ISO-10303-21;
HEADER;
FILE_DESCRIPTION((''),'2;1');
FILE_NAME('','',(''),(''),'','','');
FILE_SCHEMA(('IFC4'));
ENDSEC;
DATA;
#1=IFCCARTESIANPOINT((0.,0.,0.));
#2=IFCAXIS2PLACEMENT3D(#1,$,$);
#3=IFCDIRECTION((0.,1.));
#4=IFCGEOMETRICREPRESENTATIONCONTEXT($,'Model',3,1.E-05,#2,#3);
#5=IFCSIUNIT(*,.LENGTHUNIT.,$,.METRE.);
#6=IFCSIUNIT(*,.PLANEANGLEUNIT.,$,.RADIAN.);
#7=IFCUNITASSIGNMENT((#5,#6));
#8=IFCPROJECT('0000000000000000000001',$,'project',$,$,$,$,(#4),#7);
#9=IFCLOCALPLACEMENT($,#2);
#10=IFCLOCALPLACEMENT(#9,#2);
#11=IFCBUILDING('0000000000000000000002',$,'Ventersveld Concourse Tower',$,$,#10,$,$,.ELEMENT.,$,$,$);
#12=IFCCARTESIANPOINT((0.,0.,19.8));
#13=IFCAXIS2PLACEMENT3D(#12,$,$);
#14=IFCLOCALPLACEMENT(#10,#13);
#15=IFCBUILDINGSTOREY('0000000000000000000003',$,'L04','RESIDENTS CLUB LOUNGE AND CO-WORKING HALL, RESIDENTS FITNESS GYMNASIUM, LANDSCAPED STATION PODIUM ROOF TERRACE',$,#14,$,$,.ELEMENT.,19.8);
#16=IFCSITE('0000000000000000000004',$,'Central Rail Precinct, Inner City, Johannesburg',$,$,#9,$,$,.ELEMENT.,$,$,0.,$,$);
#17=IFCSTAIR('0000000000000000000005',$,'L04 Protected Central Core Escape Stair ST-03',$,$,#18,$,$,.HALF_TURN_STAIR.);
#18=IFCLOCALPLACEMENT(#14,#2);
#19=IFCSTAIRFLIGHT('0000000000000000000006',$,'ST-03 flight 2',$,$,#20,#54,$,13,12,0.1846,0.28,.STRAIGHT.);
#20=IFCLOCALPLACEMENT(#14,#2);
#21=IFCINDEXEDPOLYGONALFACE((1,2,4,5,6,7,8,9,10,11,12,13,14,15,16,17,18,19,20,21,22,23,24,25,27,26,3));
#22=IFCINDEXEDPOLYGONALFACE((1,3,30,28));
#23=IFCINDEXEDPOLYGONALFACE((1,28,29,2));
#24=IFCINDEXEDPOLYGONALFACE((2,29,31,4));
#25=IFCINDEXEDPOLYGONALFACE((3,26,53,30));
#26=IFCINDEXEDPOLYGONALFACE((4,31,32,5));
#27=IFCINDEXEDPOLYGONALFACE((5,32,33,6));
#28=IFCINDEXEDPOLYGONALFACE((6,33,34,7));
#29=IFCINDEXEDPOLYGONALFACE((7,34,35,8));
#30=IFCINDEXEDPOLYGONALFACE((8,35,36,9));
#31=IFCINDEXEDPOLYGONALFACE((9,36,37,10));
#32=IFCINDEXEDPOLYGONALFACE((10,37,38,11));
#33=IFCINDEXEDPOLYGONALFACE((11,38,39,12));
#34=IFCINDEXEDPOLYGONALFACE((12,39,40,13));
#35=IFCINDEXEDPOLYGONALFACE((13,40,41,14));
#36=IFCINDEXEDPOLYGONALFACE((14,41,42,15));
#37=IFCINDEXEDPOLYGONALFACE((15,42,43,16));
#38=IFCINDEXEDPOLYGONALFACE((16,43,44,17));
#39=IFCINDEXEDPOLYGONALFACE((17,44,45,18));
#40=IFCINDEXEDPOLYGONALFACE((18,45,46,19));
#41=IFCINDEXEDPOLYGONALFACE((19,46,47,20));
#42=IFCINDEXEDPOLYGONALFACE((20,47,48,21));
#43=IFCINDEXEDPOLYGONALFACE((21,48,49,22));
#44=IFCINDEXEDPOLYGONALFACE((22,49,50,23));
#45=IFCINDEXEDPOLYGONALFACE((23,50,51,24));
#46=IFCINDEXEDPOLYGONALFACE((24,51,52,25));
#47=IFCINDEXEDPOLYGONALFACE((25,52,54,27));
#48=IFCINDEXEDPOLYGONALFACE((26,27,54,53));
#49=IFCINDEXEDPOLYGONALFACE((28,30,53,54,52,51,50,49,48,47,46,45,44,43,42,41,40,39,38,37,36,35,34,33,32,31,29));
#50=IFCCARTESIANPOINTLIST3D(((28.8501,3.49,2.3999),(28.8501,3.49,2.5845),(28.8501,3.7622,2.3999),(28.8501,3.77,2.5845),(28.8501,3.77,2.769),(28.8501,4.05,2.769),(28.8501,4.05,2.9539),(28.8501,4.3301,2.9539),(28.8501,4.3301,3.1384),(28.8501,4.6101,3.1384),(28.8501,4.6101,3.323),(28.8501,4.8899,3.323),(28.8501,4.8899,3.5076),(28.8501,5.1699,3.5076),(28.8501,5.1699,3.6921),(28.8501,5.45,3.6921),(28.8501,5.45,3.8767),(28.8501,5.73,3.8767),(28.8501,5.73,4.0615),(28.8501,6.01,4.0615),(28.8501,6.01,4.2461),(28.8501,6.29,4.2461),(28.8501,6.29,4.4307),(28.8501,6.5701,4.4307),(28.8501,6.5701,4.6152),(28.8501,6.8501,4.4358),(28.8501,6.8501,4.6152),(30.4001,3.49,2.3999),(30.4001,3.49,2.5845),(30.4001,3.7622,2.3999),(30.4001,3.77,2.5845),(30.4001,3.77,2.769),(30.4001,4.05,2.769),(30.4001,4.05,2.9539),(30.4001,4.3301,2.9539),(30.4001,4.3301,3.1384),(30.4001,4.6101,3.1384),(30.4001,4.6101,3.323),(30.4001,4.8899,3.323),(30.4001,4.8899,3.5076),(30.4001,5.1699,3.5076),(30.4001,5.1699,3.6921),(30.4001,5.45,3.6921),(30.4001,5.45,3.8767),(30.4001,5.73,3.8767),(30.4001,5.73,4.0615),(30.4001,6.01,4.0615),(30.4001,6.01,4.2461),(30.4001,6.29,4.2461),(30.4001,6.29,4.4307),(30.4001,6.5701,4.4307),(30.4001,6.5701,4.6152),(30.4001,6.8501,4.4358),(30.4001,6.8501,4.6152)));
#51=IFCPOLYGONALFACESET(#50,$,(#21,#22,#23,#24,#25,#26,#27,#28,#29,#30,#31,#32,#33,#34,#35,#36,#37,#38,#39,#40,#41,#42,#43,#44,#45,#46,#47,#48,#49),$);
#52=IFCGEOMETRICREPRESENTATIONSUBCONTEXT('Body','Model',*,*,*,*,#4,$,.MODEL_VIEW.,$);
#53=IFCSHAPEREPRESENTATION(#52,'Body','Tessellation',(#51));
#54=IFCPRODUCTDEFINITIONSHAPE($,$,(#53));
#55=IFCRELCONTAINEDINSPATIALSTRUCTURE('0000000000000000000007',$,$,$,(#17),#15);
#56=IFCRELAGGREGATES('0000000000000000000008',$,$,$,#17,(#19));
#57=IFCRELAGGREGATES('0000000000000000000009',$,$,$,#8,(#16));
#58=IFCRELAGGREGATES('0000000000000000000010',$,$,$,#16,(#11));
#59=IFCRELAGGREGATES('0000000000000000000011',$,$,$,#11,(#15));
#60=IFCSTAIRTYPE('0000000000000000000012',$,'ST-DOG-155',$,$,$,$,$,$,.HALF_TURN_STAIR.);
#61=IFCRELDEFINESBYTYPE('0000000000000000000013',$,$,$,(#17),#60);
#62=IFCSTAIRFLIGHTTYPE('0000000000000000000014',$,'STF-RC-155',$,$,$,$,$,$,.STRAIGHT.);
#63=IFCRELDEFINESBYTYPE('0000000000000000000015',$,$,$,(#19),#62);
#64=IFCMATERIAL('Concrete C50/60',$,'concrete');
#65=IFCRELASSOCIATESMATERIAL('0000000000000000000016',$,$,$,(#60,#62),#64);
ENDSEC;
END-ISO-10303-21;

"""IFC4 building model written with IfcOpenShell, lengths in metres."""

from ifc_helpers import new_model, si_unit, direction, frame, origin, place, context, subcontext, project, spatial, polyline, outline, extrude, material, type_object, element, aggregate, save


model = new_model("IFC4")

# Units and contexts
model_context = context("Model", 3, precision=1e-05, world=origin(), true_north=direction((0.0, 1.0)))
body_context = subcontext(model_context, "Body", "Model", "MODEL_VIEW")
ifc_project = project(units=[si_unit("LENGTHUNIT", "METRE"), si_unit("PLANEANGLEUNIT", "RADIAN")], contexts=[model_context])

# Site, building, storey
site_placement = place(None, origin())
site = spatial("IfcSite", under=ifc_project, at=site_placement, Name="Central Rail Precinct, Inner City, Johannesburg", CompositionType="ELEMENT", RefElevation=0.0)
building_placement = place(site_placement, origin())
building = spatial("IfcBuilding", under=site, at=building_placement, Name="Ventersveld Concourse Tower", CompositionType="ELEMENT")
storey_placement = place(building_placement, frame((0.0, 0.0, 19.8)))
storey = spatial("IfcBuildingStorey", under=building, at=storey_placement, Name="L04", Description="RESIDENTS CLUB LOUNGE AND CO-WORKING HALL, RESIDENTS FITNESS GYMNASIUM, LANDSCAPED STATION PODIUM ROOF TERRACE", CompositionType="ELEMENT", Elevation=19.8)

# Shared definitions
ifc_material_1 = material(Name="Concrete C50/60", Category="concrete")

# Stair, stair flight
stair_type = type_object("IfcStairType", Name="ST-DOG-155", PredefinedType="HALF_TURN_STAIR", material=ifc_material_1)
stair_placement = place(storey_placement, origin())
stair = element("IfcStair", 1, at=stair_placement, inside=storey, type_object=stair_type, Name="L04 Protected Central Core Escape Stair ST-03", PredefinedType="HALF_TURN_STAIR")
stair_flight_type = type_object("IfcStairFlightType", Name="STF-RC-155", PredefinedType="STRAIGHT", material=ifc_material_1)
stair_flight_placement = place(storey_placement, frame((29.625, 3.49, 2.3999), z_axis=(0.0, 0.0, 1.0), x_axis=(0.0, 1.0, 0.0)))
stair_flight = element("IfcStairFlight", 2, at=stair_flight_placement, type_object=stair_flight_type, Name="ST-03 flight 2", NumberOfRisers=13, NumberOfTreads=12, PredefinedType="STRAIGHT", RiserHeight=0.1846, TreadLength=0.28, context=body_context, shape_type="SweptSolid", body=[
    extrude(outline(polyline([(0.0, 0.0), (0.0, 0.1846), (0.28, 0.1846), (0.28, 0.3691), (0.5601, 0.3691), (0.5601, 0.554), (0.8401, 0.554), (0.8401, 0.7385), (1.1201, 0.7385), (1.1201, 0.9231), (1.3999, 0.9231), (1.3999, 1.1077), (1.6799, 1.1077), (1.6799, 1.2922), (1.96, 1.2922), (1.96, 1.4768), (2.24, 1.4768), (2.24, 1.6616), (2.52, 1.6616), (2.52, 1.8462), (2.8, 1.8462), (2.8, 2.0308), (3.0801, 2.0308), (3.0801, 2.2153), (3.3601, 2.2153), (3.3601, 2.3999), (3.3601, 2.0359), (0.2722, 0.0), (0.0, 0.0)])), frame((0.0, 0.7749, 0.0), z_axis=(0.0, -1.0, 0.0), x_axis=(1.0, 0.0, 0.0)), (0.0, 0.0, 1.0), 1.55),
])
aggregate(stair, [stair_flight])

save(model, "model.ifc")
